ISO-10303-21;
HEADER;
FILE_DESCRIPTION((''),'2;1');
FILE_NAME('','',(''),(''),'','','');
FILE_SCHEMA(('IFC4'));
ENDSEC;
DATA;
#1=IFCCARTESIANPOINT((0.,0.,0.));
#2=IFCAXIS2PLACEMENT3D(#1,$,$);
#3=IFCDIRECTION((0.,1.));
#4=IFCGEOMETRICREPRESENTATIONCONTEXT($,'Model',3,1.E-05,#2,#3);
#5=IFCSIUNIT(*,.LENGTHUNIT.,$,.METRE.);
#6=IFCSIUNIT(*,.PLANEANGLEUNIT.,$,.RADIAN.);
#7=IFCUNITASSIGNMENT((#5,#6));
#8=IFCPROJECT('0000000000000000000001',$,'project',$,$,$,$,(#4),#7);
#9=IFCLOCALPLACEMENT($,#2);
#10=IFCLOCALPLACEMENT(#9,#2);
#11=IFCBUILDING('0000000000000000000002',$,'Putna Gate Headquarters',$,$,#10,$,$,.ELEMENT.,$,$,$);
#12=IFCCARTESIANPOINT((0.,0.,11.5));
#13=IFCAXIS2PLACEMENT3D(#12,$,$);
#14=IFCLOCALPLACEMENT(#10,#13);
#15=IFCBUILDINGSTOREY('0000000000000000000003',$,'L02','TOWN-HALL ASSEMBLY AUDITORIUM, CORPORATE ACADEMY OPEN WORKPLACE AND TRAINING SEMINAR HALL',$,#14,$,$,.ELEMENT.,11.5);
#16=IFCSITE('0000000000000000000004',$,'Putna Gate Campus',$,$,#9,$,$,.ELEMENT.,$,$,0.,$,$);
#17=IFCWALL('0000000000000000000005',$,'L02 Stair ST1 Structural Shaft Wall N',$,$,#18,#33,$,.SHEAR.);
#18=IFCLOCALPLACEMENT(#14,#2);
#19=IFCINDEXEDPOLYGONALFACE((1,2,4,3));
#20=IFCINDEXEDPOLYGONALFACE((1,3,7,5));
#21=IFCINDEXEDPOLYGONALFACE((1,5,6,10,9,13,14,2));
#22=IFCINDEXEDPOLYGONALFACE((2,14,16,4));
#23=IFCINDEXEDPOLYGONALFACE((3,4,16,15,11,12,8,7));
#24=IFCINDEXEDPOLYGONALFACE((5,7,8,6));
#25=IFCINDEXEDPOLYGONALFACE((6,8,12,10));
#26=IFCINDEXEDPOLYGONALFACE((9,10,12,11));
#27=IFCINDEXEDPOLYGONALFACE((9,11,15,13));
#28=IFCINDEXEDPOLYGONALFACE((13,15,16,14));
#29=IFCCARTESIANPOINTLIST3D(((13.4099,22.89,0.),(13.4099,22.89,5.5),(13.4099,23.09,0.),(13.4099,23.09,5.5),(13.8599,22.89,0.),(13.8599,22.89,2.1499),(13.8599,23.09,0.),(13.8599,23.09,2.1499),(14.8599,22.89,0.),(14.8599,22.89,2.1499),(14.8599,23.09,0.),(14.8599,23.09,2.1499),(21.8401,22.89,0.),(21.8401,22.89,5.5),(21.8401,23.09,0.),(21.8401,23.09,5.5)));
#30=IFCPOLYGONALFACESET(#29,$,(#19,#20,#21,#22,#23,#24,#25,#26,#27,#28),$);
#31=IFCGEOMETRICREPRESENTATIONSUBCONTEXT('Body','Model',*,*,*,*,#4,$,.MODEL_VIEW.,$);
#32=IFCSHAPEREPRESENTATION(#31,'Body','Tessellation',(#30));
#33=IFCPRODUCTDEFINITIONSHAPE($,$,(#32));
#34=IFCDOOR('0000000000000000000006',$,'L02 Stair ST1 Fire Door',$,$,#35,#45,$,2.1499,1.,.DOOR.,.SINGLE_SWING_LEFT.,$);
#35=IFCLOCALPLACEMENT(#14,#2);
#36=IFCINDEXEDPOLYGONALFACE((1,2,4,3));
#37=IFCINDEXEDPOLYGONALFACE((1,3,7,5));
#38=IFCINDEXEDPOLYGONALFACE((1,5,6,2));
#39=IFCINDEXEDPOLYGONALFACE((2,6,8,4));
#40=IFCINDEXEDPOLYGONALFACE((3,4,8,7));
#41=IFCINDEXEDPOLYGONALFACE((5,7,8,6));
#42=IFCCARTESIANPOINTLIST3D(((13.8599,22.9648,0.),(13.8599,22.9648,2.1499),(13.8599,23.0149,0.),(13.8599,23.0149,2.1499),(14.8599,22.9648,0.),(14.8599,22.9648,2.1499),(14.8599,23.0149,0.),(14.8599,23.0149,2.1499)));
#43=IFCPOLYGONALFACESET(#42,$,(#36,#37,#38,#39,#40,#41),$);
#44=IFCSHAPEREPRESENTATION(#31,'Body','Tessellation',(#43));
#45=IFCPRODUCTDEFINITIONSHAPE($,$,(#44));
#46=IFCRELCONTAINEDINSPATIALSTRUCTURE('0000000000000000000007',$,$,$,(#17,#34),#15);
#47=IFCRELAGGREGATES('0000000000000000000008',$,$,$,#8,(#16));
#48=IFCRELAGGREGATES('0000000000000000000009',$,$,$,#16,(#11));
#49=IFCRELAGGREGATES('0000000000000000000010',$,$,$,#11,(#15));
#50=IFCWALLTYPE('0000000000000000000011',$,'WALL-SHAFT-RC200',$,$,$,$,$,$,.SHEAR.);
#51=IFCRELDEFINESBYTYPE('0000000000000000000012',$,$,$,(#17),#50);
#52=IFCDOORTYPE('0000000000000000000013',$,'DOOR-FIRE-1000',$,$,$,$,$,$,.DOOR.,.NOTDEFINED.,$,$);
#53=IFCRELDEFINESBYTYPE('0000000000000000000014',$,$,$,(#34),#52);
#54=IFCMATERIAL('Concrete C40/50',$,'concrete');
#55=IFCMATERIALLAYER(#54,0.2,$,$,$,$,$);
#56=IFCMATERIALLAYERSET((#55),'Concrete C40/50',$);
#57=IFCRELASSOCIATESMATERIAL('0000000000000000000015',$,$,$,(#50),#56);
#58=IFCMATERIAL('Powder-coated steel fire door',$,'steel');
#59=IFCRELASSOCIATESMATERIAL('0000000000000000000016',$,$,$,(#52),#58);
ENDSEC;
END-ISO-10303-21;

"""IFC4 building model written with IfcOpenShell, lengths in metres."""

from ifc_helpers import new_model, si_unit, direction, frame, frame_2d, origin, place, context, subcontext, project, spatial, rectangle, extrude, material, layer, layer_set, type_object, element, fill, save


model = new_model("IFC4")

# Units and contexts
model_context = context("Model", 3, precision=1e-05, world=origin(), true_north=direction((0.0, 1.0)))
body_context = subcontext(model_context, "Body", "Model", "MODEL_VIEW")
ifc_project = project(units=[si_unit("LENGTHUNIT", "METRE"), si_unit("PLANEANGLEUNIT", "RADIAN")], contexts=[model_context])

# Site, building, storey
site_placement = place(None, origin())
site = spatial("IfcSite", under=ifc_project, at=site_placement, Name="Putna Gate Campus", CompositionType="ELEMENT", RefElevation=0.0)
building_placement = place(site_placement, origin())
building = spatial("IfcBuilding", under=site, at=building_placement, Name="Putna Gate Headquarters", CompositionType="ELEMENT")
storey_placement = place(building_placement, frame((0.0, 0.0, 11.5)))
storey = spatial("IfcBuildingStorey", under=building, at=storey_placement, Name="L02", Description="TOWN-HALL ASSEMBLY AUDITORIUM, CORPORATE ACADEMY OPEN WORKPLACE AND TRAINING SEMINAR HALL", CompositionType="ELEMENT", Elevation=11.5)

# Shared definitions
ifc_material_1 = material(Name="Concrete C40/50", Category="concrete")

# Wall, opening, door
ifc_layer_1 = layer(ifc_material_1, 0.2)
ifc_layer_set_1 = layer_set([ifc_layer_1], Name="Concrete C40/50")
wall_type_1 = type_object("IfcWallType", Name="WALL-SHAFT-RC200", PredefinedType="SHEAR", material=ifc_layer_set_1)
wall_1_placement = place(storey_placement, frame((13.4099, 22.99, 0.0), z_axis=(0.0, 0.0, 1.0), x_axis=(1.0, 0.0, 0.0)))
wall_1 = element("IfcWall", 1, at=wall_1_placement, inside=storey, type_object=wall_type_1, Name="L02 Stair ST1 Structural Shaft Wall N", PredefinedType="SHEAR", context=body_context, shape_type="SweptSolid", body=[
    extrude(rectangle(XDim=8.4302, YDim=0.2, at=frame_2d((4.2151, 0.0))), origin(), (0.0, 0.0, 1.0), 5.5),
])
opening_1_placement = place(wall_1_placement, frame((0.45, 0.0, 0.0)))
opening_1 = element("IfcOpeningElement", 2, at=opening_1_placement, cuts=wall_1, PredefinedType="OPENING", context=body_context, shape_type="SweptSolid", body=[
    extrude(rectangle(XDim=1.0, YDim=2.1499, at=frame_2d((0.5, 1.075))), frame((0.0, 0.1099, 0.0), z_axis=(0.0, -1.0, 0.0), x_axis=(1.0, 0.0, 0.0)), (0.0, 0.0, 1.0), 0.22),
])
ifc_material_2 = material(Name="Powder-coated steel fire door", Category="steel")
door_type_1 = type_object("IfcDoorType", Name="DOOR-FIRE-1000", OperationType="NOTDEFINED", PredefinedType="DOOR", material=ifc_material_2)
door_1_placement = place(opening_1_placement, origin())
door_1 = element("IfcDoor", 3, at=door_1_placement, inside=storey, type_object=door_type_1, Name="L02 Stair ST1 Fire Door", OperationType="SINGLE_SWING_LEFT", OverallHeight=2.1499, OverallWidth=1.0, PredefinedType="DOOR", context=body_context, shape_type="SweptSolid", body=[
    extrude(rectangle(XDim=1.0, YDim=2.1499, at=frame_2d((0.5, 1.075))), frame((0.0, 0.0249, 0.0), z_axis=(0.0, -1.0, 0.0), x_axis=(1.0, 0.0, 0.0)), (0.0, 0.0, 1.0), 0.05),
])
fill(opening_1, door_1)

save(model, "model.ifc")
